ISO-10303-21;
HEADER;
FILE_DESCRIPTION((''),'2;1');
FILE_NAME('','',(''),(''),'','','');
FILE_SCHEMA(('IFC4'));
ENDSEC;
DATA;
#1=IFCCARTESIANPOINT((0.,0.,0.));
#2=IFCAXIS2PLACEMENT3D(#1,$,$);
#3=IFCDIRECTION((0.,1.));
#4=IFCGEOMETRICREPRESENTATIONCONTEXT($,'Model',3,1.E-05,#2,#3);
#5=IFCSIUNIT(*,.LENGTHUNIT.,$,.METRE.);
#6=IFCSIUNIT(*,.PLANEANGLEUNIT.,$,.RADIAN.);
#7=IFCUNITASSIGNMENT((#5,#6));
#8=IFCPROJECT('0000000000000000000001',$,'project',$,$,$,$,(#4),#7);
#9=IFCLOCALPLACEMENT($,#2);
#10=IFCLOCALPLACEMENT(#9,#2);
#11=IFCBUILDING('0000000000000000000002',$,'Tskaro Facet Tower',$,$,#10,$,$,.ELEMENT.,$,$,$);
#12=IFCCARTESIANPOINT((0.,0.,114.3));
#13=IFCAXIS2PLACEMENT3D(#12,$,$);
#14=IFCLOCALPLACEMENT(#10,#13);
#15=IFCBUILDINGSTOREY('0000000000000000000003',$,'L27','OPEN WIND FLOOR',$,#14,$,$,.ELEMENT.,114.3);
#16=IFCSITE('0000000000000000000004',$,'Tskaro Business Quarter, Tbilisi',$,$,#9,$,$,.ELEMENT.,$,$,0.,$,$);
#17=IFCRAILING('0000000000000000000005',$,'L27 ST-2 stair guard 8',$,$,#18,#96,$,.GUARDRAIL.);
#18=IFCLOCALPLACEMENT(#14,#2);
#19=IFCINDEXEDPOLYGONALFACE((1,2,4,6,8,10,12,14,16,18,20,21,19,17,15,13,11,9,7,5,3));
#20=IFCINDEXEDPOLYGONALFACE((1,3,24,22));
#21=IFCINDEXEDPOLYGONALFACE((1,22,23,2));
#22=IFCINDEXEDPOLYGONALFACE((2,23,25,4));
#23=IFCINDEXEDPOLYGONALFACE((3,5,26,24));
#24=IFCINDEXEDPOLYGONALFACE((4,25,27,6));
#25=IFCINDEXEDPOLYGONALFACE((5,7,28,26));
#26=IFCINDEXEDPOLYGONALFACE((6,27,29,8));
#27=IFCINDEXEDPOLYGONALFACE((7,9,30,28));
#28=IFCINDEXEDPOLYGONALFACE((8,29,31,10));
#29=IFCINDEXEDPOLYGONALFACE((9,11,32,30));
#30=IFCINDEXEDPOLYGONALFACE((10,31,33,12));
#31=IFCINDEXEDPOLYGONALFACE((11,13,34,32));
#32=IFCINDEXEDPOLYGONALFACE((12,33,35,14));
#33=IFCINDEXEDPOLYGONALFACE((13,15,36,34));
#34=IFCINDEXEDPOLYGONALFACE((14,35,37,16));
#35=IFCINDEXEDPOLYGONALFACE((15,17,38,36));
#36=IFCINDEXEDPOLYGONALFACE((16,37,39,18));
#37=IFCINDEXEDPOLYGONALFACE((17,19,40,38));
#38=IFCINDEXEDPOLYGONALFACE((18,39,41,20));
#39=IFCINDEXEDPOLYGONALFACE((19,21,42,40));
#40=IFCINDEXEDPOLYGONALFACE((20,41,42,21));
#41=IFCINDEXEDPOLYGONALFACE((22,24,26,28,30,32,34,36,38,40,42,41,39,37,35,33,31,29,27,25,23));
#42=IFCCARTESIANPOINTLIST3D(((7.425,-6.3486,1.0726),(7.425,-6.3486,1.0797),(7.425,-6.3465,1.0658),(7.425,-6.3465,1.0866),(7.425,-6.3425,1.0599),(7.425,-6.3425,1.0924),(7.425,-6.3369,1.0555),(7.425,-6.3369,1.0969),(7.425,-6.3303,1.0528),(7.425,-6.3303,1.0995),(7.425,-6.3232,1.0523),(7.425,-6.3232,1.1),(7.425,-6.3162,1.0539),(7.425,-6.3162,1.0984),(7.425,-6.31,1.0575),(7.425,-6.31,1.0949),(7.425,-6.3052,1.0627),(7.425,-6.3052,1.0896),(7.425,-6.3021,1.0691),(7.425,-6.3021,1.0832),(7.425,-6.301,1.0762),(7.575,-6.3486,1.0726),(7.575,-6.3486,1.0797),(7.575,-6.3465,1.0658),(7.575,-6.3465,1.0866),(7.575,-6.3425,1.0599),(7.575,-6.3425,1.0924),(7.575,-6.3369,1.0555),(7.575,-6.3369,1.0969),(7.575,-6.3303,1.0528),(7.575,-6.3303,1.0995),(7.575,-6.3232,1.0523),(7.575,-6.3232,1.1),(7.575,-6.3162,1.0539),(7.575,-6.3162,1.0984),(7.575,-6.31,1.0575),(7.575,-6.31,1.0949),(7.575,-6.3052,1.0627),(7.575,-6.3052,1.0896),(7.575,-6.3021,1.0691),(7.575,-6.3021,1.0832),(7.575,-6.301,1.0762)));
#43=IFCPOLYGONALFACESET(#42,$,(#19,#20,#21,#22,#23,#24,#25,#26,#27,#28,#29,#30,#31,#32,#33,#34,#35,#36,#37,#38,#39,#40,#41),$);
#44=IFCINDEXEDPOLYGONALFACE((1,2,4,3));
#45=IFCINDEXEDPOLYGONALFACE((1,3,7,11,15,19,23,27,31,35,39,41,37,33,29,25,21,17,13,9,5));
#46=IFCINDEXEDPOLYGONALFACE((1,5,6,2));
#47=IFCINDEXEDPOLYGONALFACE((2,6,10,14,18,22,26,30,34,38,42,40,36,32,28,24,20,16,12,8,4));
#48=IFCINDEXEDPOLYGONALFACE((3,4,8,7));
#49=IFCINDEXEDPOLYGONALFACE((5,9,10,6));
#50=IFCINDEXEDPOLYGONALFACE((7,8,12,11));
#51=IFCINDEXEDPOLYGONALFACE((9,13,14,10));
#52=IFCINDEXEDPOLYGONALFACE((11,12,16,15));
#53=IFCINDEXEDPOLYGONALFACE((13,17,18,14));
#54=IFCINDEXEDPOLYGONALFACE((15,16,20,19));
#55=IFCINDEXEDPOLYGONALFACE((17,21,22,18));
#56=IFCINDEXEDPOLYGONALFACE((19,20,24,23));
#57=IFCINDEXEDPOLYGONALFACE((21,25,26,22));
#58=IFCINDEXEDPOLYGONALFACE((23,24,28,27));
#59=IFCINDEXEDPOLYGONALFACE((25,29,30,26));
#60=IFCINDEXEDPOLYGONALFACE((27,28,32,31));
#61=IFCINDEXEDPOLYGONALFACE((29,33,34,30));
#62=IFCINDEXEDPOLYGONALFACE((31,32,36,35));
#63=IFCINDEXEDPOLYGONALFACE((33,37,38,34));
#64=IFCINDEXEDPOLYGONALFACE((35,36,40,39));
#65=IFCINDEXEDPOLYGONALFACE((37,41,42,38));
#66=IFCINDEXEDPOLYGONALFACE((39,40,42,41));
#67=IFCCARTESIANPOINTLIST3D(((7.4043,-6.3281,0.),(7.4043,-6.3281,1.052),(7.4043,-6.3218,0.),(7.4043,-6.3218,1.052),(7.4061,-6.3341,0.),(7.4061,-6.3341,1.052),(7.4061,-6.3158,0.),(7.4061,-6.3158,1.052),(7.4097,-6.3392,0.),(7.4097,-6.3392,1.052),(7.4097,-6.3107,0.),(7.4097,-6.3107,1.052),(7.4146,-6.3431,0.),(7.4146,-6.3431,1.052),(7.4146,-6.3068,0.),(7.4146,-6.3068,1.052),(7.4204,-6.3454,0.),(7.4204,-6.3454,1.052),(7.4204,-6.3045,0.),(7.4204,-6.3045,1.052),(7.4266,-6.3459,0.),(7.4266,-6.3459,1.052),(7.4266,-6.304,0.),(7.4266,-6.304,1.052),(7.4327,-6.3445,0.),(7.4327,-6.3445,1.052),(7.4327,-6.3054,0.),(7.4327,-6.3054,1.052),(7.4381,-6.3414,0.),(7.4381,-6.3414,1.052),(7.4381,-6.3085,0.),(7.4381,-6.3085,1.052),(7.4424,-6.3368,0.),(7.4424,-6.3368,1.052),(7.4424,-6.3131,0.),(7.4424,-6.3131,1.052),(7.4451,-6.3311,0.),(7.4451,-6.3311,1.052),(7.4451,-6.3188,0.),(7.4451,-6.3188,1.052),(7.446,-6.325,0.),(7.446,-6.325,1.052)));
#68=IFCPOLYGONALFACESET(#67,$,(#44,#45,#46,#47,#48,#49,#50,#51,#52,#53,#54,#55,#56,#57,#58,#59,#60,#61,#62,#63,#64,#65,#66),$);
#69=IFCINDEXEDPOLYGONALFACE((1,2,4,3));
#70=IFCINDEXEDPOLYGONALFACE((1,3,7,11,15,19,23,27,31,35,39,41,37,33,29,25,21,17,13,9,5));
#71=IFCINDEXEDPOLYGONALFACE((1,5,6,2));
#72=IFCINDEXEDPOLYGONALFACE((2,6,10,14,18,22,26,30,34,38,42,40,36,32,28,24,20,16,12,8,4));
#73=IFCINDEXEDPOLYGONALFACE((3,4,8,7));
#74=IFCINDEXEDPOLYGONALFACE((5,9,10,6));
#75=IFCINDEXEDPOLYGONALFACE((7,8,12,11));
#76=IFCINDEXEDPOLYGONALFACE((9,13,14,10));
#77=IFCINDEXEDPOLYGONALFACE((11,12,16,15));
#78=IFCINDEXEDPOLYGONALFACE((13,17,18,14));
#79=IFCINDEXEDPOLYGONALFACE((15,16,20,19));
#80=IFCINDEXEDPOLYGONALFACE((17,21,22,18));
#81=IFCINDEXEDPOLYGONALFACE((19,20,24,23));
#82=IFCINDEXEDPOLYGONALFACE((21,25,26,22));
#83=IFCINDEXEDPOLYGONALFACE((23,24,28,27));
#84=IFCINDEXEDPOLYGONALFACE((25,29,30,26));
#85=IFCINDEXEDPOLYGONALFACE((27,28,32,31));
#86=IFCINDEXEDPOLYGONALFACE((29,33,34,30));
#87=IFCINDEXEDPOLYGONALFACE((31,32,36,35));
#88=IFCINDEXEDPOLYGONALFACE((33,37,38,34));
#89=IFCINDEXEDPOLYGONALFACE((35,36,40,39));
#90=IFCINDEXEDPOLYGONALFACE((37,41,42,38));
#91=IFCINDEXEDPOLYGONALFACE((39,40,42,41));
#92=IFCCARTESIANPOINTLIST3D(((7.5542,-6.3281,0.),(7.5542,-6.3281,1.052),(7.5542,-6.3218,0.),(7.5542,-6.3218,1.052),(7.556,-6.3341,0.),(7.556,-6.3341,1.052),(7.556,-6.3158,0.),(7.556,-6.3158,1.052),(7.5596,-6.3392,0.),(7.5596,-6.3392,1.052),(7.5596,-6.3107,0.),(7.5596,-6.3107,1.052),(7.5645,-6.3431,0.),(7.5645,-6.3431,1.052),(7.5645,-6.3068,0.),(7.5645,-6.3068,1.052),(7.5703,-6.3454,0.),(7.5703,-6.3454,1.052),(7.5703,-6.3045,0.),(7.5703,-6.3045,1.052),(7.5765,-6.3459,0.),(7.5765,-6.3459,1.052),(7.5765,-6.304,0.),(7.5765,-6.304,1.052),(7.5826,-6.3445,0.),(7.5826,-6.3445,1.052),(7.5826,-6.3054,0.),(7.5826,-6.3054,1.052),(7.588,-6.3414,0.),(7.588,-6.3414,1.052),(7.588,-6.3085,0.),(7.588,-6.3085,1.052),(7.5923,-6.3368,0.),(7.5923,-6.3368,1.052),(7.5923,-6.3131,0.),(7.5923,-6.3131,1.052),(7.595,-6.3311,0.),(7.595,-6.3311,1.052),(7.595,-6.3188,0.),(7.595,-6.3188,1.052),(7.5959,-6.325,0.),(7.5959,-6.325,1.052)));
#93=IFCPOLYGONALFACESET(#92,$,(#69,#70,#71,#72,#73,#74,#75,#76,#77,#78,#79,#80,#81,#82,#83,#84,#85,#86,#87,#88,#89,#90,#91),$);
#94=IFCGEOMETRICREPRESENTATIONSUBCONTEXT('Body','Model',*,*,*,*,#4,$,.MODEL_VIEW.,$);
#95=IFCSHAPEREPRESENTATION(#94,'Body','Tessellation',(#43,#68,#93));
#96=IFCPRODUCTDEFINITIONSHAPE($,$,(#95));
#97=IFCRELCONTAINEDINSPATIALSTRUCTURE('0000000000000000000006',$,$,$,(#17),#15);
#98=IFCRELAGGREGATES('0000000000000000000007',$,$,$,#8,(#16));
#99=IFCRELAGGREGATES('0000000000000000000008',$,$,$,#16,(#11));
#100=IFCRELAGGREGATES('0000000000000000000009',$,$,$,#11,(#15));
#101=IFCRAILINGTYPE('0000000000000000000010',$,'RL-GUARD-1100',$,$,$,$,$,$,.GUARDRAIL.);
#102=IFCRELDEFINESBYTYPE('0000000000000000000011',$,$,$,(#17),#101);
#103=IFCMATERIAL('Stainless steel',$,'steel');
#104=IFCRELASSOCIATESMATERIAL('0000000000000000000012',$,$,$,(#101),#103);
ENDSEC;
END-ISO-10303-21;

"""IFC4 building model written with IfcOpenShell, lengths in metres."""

from ifc_helpers import new_model, si_unit, direction, frame, origin, origin_2d, place, context, subcontext, project, spatial, circle, extrude, material, type_object, element, save


model = new_model("IFC4")

# Units and contexts
model_context = context("Model", 3, precision=1e-05, world=origin(), true_north=direction((0.0, 1.0)))
body_context = subcontext(model_context, "Body", "Model", "MODEL_VIEW")
ifc_project = project(units=[si_unit("LENGTHUNIT", "METRE"), si_unit("PLANEANGLEUNIT", "RADIAN")], contexts=[model_context])

# Site, building, storey
site_placement = place(None, origin())
site = spatial("IfcSite", under=ifc_project, at=site_placement, Name="Tskaro Business Quarter, Tbilisi", CompositionType="ELEMENT", RefElevation=0.0)
building_placement = place(site_placement, origin())
building = spatial("IfcBuilding", under=site, at=building_placement, Name="Tskaro Facet Tower", CompositionType="ELEMENT")
storey_placement = place(building_placement, frame((0.0, 0.0, 114.3)))
storey = spatial("IfcBuildingStorey", under=building, at=storey_placement, Name="L27", Description="OPEN WIND FLOOR", CompositionType="ELEMENT", Elevation=114.3)

# Railing
ifc_material_1 = material(Name="Stainless steel", Category="steel")
railing_type_1 = type_object("IfcRailingType", Name="RL-GUARD-1100", PredefinedType="GUARDRAIL", material=ifc_material_1)
railing_1_placement = place(storey_placement, frame((7.425, -6.325, 0.0)))
element("IfcRailing", 1, at=railing_1_placement, inside=storey, type_object=railing_type_1, Name="L27 ST-2 stair guard 8", PredefinedType="GUARDRAIL", context=body_context, shape_type="SweptSolid", body=[
    extrude(circle(Radius=0.0239, at=origin_2d()), frame((0.0, 0.0, 1.0762), z_axis=(1.0, 0.0, 0.0), x_axis=(0.0, 1.0, 0.0)), (0.0, 0.0, 1.0), 0.1499),
    extrude(circle(Radius=0.021, at=origin_2d()), origin(), (0.0, 0.0, 1.0), 1.052),
    extrude(circle(Radius=0.021, at=origin_2d()), frame((0.1499, 0.0, 0.0)), (0.0, 0.0, 1.0), 1.052),
])

save(model, "model.ifc")
